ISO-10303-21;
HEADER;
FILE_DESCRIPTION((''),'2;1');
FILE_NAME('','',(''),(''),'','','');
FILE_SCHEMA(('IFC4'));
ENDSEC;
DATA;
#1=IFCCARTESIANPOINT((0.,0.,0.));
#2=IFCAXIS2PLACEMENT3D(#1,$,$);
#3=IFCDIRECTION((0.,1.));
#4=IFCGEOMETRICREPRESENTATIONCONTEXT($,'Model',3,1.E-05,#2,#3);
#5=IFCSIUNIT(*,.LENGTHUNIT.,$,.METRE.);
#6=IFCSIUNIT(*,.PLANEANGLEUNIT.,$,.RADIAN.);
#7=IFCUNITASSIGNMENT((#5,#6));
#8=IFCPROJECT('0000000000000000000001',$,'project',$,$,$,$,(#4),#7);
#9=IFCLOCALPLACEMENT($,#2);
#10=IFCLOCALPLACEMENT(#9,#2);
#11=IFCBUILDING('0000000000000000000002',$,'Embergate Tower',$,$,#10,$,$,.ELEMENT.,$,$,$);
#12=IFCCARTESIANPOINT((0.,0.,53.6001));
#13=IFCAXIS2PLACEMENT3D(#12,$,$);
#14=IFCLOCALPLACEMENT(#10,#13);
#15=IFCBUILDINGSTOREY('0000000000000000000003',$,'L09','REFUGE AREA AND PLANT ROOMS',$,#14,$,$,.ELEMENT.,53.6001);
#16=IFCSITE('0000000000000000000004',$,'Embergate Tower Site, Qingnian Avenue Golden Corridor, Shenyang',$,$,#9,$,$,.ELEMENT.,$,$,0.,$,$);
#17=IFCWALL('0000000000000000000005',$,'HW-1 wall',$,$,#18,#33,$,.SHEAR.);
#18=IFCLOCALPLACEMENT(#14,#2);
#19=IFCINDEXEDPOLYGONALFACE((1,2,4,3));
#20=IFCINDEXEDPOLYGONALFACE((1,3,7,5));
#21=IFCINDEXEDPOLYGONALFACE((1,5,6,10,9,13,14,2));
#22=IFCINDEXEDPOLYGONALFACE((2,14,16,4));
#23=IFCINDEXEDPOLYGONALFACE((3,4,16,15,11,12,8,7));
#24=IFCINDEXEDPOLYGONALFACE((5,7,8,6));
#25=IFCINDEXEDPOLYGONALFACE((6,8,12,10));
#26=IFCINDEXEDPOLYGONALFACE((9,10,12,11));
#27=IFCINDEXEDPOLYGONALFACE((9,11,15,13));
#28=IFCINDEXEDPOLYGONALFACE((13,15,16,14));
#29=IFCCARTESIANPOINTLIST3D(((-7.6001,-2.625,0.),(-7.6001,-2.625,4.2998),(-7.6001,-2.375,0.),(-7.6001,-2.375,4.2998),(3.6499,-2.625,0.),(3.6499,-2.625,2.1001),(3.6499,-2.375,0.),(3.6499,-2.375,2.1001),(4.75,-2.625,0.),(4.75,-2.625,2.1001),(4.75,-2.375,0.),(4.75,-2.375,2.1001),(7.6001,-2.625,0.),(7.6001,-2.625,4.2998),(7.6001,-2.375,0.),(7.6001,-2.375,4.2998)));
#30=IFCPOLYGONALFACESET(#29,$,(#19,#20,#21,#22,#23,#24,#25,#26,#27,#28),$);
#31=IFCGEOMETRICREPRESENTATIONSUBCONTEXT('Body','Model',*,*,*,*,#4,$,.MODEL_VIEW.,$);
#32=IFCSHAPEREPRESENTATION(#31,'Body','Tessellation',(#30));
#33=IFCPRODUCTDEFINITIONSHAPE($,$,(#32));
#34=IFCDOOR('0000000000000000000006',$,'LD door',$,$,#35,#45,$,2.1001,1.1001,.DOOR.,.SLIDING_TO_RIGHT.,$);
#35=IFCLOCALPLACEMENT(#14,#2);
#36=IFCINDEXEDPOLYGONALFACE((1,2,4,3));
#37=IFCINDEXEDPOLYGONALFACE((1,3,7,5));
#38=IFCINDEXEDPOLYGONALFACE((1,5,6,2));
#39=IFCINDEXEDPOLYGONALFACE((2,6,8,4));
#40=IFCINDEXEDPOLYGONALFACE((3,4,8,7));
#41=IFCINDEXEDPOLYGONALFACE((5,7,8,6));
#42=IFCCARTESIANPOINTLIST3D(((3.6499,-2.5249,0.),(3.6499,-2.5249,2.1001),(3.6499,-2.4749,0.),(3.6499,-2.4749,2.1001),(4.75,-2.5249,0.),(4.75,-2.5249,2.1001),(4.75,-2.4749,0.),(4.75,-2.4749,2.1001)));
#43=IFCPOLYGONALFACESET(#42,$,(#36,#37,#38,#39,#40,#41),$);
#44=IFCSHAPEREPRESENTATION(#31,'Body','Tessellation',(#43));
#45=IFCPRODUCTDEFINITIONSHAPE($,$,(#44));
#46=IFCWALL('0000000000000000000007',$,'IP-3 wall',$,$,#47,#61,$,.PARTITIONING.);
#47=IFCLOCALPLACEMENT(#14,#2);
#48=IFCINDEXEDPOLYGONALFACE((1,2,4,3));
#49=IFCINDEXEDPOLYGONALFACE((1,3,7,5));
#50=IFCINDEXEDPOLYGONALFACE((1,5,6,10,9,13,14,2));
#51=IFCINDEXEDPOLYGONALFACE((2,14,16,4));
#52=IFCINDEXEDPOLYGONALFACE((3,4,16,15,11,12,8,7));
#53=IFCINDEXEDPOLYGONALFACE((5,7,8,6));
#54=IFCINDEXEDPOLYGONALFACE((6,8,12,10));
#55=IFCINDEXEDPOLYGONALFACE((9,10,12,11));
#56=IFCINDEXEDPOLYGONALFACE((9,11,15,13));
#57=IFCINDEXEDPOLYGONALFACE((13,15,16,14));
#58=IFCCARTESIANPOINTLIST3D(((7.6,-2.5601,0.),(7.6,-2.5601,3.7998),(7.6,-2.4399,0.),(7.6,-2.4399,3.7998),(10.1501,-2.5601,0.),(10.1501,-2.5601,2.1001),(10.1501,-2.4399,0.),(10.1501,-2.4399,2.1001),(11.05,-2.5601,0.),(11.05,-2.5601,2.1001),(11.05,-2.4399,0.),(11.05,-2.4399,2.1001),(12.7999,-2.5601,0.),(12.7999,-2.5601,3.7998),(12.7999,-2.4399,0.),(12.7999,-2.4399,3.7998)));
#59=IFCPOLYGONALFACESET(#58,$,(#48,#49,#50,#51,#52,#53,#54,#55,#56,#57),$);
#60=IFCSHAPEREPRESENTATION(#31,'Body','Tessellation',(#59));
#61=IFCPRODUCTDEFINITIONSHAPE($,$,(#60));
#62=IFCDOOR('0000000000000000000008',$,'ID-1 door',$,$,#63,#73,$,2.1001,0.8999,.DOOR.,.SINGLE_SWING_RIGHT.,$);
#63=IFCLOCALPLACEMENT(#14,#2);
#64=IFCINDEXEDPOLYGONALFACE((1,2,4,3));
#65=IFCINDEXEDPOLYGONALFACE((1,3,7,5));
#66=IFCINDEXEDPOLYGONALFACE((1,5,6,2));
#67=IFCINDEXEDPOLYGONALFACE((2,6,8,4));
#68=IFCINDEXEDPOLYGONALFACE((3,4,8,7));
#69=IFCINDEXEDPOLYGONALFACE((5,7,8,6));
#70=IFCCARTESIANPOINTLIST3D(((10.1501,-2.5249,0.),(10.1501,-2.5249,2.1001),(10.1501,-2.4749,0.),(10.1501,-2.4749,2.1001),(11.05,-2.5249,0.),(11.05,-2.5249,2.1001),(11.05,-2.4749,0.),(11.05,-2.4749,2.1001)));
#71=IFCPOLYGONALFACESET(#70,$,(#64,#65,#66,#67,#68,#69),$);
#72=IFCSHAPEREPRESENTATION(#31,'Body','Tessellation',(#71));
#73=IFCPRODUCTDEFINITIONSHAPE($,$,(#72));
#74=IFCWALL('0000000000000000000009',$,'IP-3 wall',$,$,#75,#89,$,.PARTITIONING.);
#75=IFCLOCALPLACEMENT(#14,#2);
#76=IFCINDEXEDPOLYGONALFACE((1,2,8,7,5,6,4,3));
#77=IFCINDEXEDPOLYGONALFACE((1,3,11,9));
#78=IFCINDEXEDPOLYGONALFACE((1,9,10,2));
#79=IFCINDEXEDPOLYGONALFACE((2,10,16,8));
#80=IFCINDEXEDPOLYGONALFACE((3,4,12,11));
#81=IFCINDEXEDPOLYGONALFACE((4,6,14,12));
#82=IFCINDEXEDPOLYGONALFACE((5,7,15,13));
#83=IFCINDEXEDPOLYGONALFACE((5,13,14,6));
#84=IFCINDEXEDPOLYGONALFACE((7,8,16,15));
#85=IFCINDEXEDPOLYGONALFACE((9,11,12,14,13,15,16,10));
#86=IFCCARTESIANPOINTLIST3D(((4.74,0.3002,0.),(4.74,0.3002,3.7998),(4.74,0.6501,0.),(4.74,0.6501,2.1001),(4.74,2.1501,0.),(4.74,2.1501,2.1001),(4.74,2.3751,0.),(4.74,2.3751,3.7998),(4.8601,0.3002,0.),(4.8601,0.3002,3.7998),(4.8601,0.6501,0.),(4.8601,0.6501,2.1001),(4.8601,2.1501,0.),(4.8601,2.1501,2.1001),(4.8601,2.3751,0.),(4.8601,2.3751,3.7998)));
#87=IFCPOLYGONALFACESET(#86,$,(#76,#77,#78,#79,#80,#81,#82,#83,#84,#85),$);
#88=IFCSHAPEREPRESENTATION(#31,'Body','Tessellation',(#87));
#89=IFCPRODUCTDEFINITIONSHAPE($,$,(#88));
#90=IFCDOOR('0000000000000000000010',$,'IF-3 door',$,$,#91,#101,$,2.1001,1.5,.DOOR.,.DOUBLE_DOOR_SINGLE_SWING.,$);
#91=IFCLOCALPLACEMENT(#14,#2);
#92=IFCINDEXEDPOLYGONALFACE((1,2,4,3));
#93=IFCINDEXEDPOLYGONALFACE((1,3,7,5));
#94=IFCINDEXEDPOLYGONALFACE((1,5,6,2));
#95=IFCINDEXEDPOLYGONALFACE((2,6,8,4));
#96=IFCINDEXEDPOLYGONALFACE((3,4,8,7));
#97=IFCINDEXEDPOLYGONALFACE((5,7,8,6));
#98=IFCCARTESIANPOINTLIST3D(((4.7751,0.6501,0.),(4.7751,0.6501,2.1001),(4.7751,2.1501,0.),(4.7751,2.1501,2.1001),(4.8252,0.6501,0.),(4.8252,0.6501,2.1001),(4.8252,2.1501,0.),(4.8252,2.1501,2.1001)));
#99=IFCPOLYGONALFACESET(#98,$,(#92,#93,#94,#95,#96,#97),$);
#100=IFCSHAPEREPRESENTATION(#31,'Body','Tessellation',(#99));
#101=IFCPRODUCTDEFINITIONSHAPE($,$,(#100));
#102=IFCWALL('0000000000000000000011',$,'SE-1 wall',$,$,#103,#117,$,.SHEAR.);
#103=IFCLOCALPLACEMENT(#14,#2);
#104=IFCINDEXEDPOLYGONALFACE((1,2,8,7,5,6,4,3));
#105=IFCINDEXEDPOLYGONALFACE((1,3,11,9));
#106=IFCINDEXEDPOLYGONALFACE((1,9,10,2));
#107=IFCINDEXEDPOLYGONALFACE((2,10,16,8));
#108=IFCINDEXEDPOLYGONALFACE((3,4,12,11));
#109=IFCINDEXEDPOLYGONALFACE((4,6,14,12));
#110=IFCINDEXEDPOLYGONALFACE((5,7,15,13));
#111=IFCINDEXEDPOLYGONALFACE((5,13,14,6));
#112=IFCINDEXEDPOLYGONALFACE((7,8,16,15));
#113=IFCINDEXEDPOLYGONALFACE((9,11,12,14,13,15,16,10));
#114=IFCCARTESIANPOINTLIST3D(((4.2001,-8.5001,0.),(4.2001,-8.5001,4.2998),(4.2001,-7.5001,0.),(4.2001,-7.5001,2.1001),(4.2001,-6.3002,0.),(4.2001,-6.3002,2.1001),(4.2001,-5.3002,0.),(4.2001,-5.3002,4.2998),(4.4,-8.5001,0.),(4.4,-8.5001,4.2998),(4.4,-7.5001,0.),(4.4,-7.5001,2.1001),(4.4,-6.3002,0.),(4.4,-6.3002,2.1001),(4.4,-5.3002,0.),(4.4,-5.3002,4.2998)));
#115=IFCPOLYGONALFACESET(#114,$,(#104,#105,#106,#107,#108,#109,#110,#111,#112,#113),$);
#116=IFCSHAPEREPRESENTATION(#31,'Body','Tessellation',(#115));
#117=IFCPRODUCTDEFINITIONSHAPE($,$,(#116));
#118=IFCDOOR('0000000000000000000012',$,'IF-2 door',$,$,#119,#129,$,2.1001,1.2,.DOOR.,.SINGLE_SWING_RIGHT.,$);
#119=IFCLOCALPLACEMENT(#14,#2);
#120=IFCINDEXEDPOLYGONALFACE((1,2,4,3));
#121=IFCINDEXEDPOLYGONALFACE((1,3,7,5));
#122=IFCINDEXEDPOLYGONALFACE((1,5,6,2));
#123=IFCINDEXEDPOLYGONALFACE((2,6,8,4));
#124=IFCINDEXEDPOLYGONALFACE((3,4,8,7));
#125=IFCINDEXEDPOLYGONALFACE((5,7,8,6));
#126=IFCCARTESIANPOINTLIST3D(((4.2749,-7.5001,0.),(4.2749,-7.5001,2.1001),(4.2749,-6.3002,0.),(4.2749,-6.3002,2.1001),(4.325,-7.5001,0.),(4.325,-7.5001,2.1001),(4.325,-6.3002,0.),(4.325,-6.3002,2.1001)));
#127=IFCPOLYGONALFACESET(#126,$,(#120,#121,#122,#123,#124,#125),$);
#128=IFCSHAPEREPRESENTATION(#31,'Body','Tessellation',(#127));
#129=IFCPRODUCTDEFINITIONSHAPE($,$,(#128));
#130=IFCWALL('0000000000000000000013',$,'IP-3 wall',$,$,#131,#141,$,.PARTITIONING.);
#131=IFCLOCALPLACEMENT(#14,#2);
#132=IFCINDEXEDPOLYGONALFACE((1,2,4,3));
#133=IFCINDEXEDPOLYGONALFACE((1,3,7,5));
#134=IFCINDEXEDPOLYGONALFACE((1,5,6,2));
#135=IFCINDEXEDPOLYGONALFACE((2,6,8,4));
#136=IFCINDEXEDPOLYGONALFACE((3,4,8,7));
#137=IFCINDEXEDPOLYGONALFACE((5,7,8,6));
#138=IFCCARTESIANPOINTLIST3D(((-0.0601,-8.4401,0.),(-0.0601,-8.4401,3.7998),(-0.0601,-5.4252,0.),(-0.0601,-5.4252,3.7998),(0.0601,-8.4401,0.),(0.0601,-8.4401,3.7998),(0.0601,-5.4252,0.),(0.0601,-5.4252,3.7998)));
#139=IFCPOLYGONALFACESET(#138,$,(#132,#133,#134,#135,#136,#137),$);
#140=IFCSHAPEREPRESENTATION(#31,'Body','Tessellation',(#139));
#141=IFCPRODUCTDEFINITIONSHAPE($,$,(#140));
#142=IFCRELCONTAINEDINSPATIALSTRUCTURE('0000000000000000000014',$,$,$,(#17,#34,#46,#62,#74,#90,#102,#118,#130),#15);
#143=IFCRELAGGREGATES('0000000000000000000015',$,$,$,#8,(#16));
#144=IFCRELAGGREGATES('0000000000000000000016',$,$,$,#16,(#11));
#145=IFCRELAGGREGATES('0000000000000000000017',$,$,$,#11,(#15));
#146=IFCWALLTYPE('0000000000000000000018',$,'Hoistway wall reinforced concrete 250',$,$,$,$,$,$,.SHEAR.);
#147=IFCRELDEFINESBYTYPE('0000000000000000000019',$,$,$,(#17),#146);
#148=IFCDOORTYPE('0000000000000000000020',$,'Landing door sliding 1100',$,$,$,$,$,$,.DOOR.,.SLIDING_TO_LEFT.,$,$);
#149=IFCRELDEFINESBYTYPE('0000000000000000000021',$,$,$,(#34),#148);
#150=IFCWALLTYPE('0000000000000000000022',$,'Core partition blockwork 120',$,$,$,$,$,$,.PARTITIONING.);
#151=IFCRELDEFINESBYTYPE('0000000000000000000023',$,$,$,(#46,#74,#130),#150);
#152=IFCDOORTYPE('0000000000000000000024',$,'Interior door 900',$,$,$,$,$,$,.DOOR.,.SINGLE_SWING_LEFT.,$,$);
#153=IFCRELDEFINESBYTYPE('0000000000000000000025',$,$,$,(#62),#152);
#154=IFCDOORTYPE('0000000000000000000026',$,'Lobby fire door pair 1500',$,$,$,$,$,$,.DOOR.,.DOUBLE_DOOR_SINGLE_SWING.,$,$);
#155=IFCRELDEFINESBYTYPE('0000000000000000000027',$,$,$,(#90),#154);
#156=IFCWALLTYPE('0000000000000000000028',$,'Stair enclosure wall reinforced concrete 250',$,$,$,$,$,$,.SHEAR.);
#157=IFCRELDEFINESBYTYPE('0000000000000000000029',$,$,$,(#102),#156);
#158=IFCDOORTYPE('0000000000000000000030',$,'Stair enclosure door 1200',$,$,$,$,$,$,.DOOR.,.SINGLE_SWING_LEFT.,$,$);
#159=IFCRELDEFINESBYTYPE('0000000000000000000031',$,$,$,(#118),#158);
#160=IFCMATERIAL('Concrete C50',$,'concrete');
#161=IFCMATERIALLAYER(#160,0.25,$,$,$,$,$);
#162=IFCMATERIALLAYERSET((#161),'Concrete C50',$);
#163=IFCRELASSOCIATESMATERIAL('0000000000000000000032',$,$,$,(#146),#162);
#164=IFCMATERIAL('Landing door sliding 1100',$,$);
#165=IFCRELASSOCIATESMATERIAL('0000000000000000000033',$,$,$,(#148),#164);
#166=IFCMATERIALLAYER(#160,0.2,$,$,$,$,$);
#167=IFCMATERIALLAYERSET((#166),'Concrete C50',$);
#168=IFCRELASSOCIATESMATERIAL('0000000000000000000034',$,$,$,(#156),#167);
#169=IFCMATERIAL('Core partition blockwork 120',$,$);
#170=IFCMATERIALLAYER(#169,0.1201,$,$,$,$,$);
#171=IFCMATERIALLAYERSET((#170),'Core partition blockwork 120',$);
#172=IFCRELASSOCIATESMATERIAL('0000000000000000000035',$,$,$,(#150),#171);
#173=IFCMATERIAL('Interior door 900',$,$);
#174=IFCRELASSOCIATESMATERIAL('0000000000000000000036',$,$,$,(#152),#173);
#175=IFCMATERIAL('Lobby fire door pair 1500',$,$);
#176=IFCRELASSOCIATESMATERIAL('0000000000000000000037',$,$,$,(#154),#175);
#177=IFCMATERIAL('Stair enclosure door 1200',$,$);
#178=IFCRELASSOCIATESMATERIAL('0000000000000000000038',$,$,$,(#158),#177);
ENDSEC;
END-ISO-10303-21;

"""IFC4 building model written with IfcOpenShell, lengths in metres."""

from ifc_helpers import new_model, si_unit, direction, frame, frame_2d, origin, place, context, subcontext, project, spatial, rectangle, extrude, source, transform, mapped, material, layer, layer_set, type_object, element, fill, save


model = new_model("IFC4")

# Units and contexts
model_context = context("Model", 3, precision=1e-05, world=origin(), true_north=direction((0.0, 1.0)))
body_context = subcontext(model_context, "Body", "Model", "MODEL_VIEW")
ifc_project = project(units=[si_unit("LENGTHUNIT", "METRE"), si_unit("PLANEANGLEUNIT", "RADIAN")], contexts=[model_context])

# Site, building, storey
site_placement = place(None, origin())
site = spatial("IfcSite", under=ifc_project, at=site_placement, Name="Embergate Tower Site, Qingnian Avenue Golden Corridor, Shenyang", CompositionType="ELEMENT", RefElevation=0.0)
building_placement = place(site_placement, origin())
building = spatial("IfcBuilding", under=site, at=building_placement, Name="Embergate Tower", CompositionType="ELEMENT")
storey_placement = place(building_placement, frame((0.0, 0.0, 53.6001)))
storey = spatial("IfcBuildingStorey", under=building, at=storey_placement, Name="L09", Description="REFUGE AREA AND PLANT ROOMS", CompositionType="ELEMENT", Elevation=53.6001)

# Shared definitions
ifc_material_1 = material(Name="Concrete C50", Category="concrete")
ifc_layer_1 = layer(ifc_material_1, 0.25)
ifc_layer_set_1 = layer_set([ifc_layer_1], Name="Concrete C50")
wall_type_1 = type_object("IfcWallType", Name="Hoistway wall reinforced concrete 250", PredefinedType="SHEAR", material=ifc_layer_set_1)

# Shared definitions
shared_shape_1 = source(origin(), body_context, "Body", "SweptSolid", [
    extrude(rectangle(XDim=1.1001, YDim=2.1001, at=frame_2d((0.55, 1.05))), frame((0.0, 0.135, 0.0), z_axis=(0.0, -1.0, 0.0), x_axis=(1.0, 0.0, 0.0)), (0.0, 0.0, 1.0), 0.27),
])
ifc_material_2 = material(Name="Landing door sliding 1100")
door_type_1 = type_object("IfcDoorType", Name="Landing door sliding 1100", OperationType="SLIDING_TO_LEFT", PredefinedType="DOOR", material=ifc_material_2)
shared_shape_2 = source(origin(), body_context, "Body", "SweptSolid", [
    extrude(rectangle(XDim=1.1001, YDim=2.1001, at=frame_2d((0.55, 1.05))), frame((0.0, 0.0249, 0.0), z_axis=(0.0, -1.0, 0.0), x_axis=(1.0, 0.0, 0.0)), (0.0, 0.0, 1.0), 0.05),
])

# Shared definitions
ifc_layer_2 = layer(ifc_material_1, 0.2)
ifc_layer_set_2 = layer_set([ifc_layer_2], Name="Concrete C50")
wall_type_2 = type_object("IfcWallType", Name="Stair enclosure wall reinforced concrete 250", PredefinedType="SHEAR", material=ifc_layer_set_2)

# Shared definitions
ifc_material_3 = material(Name="Core partition blockwork 120")
ifc_layer_3 = layer(ifc_material_3, 0.1201)
ifc_layer_set_3 = layer_set([ifc_layer_3], Name="Core partition blockwork 120")
wall_type_3 = type_object("IfcWallType", Name="Core partition blockwork 120", PredefinedType="PARTITIONING", material=ifc_layer_set_3)
shared_shape_3 = source(origin(), body_context, "Body", "SweptSolid", [
    extrude(rectangle(XDim=0.8999, YDim=2.1001, at=frame_2d((0.45, 1.05))), frame((0.0, 0.0701, 0.0), z_axis=(0.0, -1.0, 0.0), x_axis=(1.0, 0.0, 0.0)), (0.0, 0.0, 1.0), 0.1401),
])
ifc_material_4 = material(Name="Interior door 900")
door_type_2 = type_object("IfcDoorType", Name="Interior door 900", OperationType="SINGLE_SWING_LEFT", PredefinedType="DOOR", material=ifc_material_4)
shared_shape_4 = source(origin(), body_context, "Body", "SweptSolid", [
    extrude(rectangle(XDim=0.8999, YDim=2.1001, at=frame_2d((0.45, 1.05))), frame((0.0, 0.0249, 0.0), z_axis=(0.0, -1.0, 0.0), x_axis=(1.0, 0.0, 0.0)), (0.0, 0.0, 1.0), 0.05),
])

# Walls, openings, doors
shared_shape_5 = source(origin(), body_context, "Body", "SweptSolid", [
    extrude(rectangle(XDim=15.2002, YDim=0.25, at=frame_2d((7.6001, 0.0))), origin(), (0.0, 0.0, 1.0), 4.2998),
])
wall_1_placement = place(storey_placement, frame((7.6001, -2.5, 0.0), z_axis=(0.0, 0.0, 1.0), x_axis=(-1.0, 0.0, 0.0)))
wall_1 = element("IfcWall", 1, at=wall_1_placement, inside=storey, type_object=wall_type_1, Name="HW-1 wall", PredefinedType="SHEAR", context=body_context, shape_type="MappedRepresentation", body=[
    mapped(shared_shape_5, transform((0.0, 0.0, 0.0))),
])
opening_1_placement = place(wall_1_placement, frame((2.8501, 0.0, 0.0)))
opening_1 = element("IfcOpeningElement", 2, at=opening_1_placement, cuts=wall_1, PredefinedType="OPENING", context=body_context, shape_type="MappedRepresentation", body=[
    mapped(shared_shape_1, transform((0.0, 0.0, 0.0))),
])
door_1_placement = place(opening_1_placement, origin())
door_1 = element("IfcDoor", 3, at=door_1_placement, inside=storey, type_object=door_type_1, Name="LD door", OperationType="SLIDING_TO_RIGHT", OverallHeight=2.1001, OverallWidth=1.1001, PredefinedType="DOOR", context=body_context, shape_type="MappedRepresentation", body=[
    mapped(shared_shape_2, transform((0.0, 0.0, 0.0))),
])
fill(opening_1, door_1)
shared_shape_6 = source(origin(), body_context, "Body", "SweptSolid", [
    extrude(rectangle(XDim=5.2, YDim=0.1201, at=frame_2d((2.6001, 0.0))), origin(), (0.0, 0.0, 1.0), 3.7998),
])
wall_2_placement = place(storey_placement, frame((12.8, -2.5, 0.0), z_axis=(0.0, 0.0, 1.0), x_axis=(-1.0, 0.0, 0.0)))
wall_2 = element("IfcWall", 4, at=wall_2_placement, inside=storey, type_object=wall_type_3, Name="IP-3 wall", PredefinedType="PARTITIONING", context=body_context, shape_type="MappedRepresentation", body=[
    mapped(shared_shape_6, transform((0.0, 0.0, 0.0))),
])
opening_2_placement = place(wall_2_placement, frame((1.75, 0.0, 0.0)))
opening_2 = element("IfcOpeningElement", 5, at=opening_2_placement, cuts=wall_2, PredefinedType="OPENING", context=body_context, shape_type="MappedRepresentation", body=[
    mapped(shared_shape_3, transform((0.0, 0.0, 0.0))),
])
door_2_placement = place(opening_2_placement, origin())
door_2 = element("IfcDoor", 6, at=door_2_placement, inside=storey, type_object=door_type_2, Name="ID-1 door", OperationType="SINGLE_SWING_RIGHT", OverallHeight=2.1001, OverallWidth=0.8999, PredefinedType="DOOR", context=body_context, shape_type="MappedRepresentation", body=[
    mapped(shared_shape_4, transform((0.0, 0.0, 0.0))),
])
fill(opening_2, door_2)
shared_shape_7 = source(origin(), body_context, "Body", "SweptSolid", [
    extrude(rectangle(XDim=2.075, YDim=0.1201, at=frame_2d((1.0376, 0.0))), origin(), (0.0, 0.0, 1.0), 3.7998),
])
wall_3_placement = place(storey_placement, frame((4.8, 0.3, 0.0), z_axis=(0.0, 0.0, 1.0), x_axis=(0.0, 1.0, 0.0)))
wall_3 = element("IfcWall", 7, at=wall_3_placement, inside=storey, type_object=wall_type_3, Name="IP-3 wall", PredefinedType="PARTITIONING", context=body_context, shape_type="MappedRepresentation", body=[
    mapped(shared_shape_7, transform((0.0, 0.0, 0.0))),
])
shared_shape_8 = source(origin(), body_context, "Body", "SweptSolid", [
    extrude(rectangle(XDim=1.5, YDim=2.1001, at=frame_2d((0.75, 1.05))), frame((0.0, 0.0701, 0.0), z_axis=(0.0, -1.0, 0.0), x_axis=(1.0, 0.0, 0.0)), (0.0, 0.0, 1.0), 0.1401),
])
opening_3_placement = place(wall_3_placement, frame((0.3501, 0.0, 0.0)))
opening_3 = element("IfcOpeningElement", 8, at=opening_3_placement, cuts=wall_3, PredefinedType="OPENING", context=body_context, shape_type="MappedRepresentation", body=[
    mapped(shared_shape_8, transform((0.0, 0.0, 0.0))),
])
ifc_material_5 = material(Name="Lobby fire door pair 1500")
door_type_3 = type_object("IfcDoorType", Name="Lobby fire door pair 1500", OperationType="DOUBLE_DOOR_SINGLE_SWING", PredefinedType="DOOR", material=ifc_material_5)
shared_shape_9 = source(origin(), body_context, "Body", "SweptSolid", [
    extrude(rectangle(XDim=1.5, YDim=2.1001, at=frame_2d((0.75, 1.05))), frame((0.0, 0.0249, 0.0), z_axis=(0.0, -1.0, 0.0), x_axis=(1.0, 0.0, 0.0)), (0.0, 0.0, 1.0), 0.05),
])
door_3_placement = place(opening_3_placement, origin())
door_3 = element("IfcDoor", 9, at=door_3_placement, inside=storey, type_object=door_type_3, Name="IF-3 door", OperationType="DOUBLE_DOOR_SINGLE_SWING", OverallHeight=2.1001, OverallWidth=1.5, PredefinedType="DOOR", context=body_context, shape_type="MappedRepresentation", body=[
    mapped(shared_shape_9, transform((0.0, 0.0, 0.0))),
])
fill(opening_3, door_3)
shared_shape_10 = source(origin(), body_context, "Body", "SweptSolid", [
    extrude(rectangle(XDim=3.2, YDim=0.2, at=frame_2d((1.6001, 0.0))), origin(), (0.0, 0.0, 1.0), 4.2998),
])
wall_4_placement = place(storey_placement, frame((4.3, -5.3, 0.0), z_axis=(0.0, 0.0, 1.0), x_axis=(0.0, -1.0, 0.0)))
wall_4 = element("IfcWall", 10, at=wall_4_placement, inside=storey, type_object=wall_type_2, Name="SE-1 wall", PredefinedType="SHEAR", context=body_context, shape_type="MappedRepresentation", body=[
    mapped(shared_shape_10, transform((0.0, 0.0, 0.0))),
])
shared_shape_11 = source(origin(), body_context, "Body", "SweptSolid", [
    extrude(rectangle(XDim=1.2, YDim=2.1001, at=frame_2d((0.6001, 1.05))), frame((0.0, 0.1099, 0.0), z_axis=(0.0, -1.0, 0.0), x_axis=(1.0, 0.0, 0.0)), (0.0, 0.0, 1.0), 0.22),
])
opening_4_placement = place(wall_4_placement, frame((1.0, 0.0, 0.0)))
opening_4 = element("IfcOpeningElement", 11, at=opening_4_placement, cuts=wall_4, PredefinedType="OPENING", context=body_context, shape_type="MappedRepresentation", body=[
    mapped(shared_shape_11, transform((0.0, 0.0, 0.0))),
])
ifc_material_6 = material(Name="Stair enclosure door 1200")
door_type_4 = type_object("IfcDoorType", Name="Stair enclosure door 1200", OperationType="SINGLE_SWING_LEFT", PredefinedType="DOOR", material=ifc_material_6)
shared_shape_12 = source(origin(), body_context, "Body", "SweptSolid", [
    extrude(rectangle(XDim=1.2, YDim=2.1001, at=frame_2d((0.6001, 1.05))), frame((0.0, 0.0249, 0.0), z_axis=(0.0, -1.0, 0.0), x_axis=(1.0, 0.0, 0.0)), (0.0, 0.0, 1.0), 0.05),
])
door_4_placement = place(opening_4_placement, origin())
door_4 = element("IfcDoor", 12, at=door_4_placement, inside=storey, type_object=door_type_4, Name="IF-2 door", OperationType="SINGLE_SWING_RIGHT", OverallHeight=2.1001, OverallWidth=1.2, PredefinedType="DOOR", context=body_context, shape_type="MappedRepresentation", body=[
    mapped(shared_shape_12, transform((0.0, 0.0, 0.0))),
])
fill(opening_4, door_4)

# Wall
shared_shape_13 = source(origin(), body_context, "Body", "SweptSolid", [
    extrude(rectangle(XDim=3.0149, YDim=0.1201, at=frame_2d((1.5073, 0.0))), origin(), (0.0, 0.0, 1.0), 3.7998),
])
wall_5_placement = place(storey_placement, frame((0.0, -8.4399, 0.0), z_axis=(0.0, 0.0, 1.0), x_axis=(0.0, 1.0, 0.0)))
element("IfcWall", 13, at=wall_5_placement, inside=storey, type_object=wall_type_3, Name="IP-3 wall", PredefinedType="PARTITIONING", context=body_context, shape_type="MappedRepresentation", body=[
    mapped(shared_shape_13, transform((0.0, 0.0, 0.0))),
])

save(model, "model.ifc")
